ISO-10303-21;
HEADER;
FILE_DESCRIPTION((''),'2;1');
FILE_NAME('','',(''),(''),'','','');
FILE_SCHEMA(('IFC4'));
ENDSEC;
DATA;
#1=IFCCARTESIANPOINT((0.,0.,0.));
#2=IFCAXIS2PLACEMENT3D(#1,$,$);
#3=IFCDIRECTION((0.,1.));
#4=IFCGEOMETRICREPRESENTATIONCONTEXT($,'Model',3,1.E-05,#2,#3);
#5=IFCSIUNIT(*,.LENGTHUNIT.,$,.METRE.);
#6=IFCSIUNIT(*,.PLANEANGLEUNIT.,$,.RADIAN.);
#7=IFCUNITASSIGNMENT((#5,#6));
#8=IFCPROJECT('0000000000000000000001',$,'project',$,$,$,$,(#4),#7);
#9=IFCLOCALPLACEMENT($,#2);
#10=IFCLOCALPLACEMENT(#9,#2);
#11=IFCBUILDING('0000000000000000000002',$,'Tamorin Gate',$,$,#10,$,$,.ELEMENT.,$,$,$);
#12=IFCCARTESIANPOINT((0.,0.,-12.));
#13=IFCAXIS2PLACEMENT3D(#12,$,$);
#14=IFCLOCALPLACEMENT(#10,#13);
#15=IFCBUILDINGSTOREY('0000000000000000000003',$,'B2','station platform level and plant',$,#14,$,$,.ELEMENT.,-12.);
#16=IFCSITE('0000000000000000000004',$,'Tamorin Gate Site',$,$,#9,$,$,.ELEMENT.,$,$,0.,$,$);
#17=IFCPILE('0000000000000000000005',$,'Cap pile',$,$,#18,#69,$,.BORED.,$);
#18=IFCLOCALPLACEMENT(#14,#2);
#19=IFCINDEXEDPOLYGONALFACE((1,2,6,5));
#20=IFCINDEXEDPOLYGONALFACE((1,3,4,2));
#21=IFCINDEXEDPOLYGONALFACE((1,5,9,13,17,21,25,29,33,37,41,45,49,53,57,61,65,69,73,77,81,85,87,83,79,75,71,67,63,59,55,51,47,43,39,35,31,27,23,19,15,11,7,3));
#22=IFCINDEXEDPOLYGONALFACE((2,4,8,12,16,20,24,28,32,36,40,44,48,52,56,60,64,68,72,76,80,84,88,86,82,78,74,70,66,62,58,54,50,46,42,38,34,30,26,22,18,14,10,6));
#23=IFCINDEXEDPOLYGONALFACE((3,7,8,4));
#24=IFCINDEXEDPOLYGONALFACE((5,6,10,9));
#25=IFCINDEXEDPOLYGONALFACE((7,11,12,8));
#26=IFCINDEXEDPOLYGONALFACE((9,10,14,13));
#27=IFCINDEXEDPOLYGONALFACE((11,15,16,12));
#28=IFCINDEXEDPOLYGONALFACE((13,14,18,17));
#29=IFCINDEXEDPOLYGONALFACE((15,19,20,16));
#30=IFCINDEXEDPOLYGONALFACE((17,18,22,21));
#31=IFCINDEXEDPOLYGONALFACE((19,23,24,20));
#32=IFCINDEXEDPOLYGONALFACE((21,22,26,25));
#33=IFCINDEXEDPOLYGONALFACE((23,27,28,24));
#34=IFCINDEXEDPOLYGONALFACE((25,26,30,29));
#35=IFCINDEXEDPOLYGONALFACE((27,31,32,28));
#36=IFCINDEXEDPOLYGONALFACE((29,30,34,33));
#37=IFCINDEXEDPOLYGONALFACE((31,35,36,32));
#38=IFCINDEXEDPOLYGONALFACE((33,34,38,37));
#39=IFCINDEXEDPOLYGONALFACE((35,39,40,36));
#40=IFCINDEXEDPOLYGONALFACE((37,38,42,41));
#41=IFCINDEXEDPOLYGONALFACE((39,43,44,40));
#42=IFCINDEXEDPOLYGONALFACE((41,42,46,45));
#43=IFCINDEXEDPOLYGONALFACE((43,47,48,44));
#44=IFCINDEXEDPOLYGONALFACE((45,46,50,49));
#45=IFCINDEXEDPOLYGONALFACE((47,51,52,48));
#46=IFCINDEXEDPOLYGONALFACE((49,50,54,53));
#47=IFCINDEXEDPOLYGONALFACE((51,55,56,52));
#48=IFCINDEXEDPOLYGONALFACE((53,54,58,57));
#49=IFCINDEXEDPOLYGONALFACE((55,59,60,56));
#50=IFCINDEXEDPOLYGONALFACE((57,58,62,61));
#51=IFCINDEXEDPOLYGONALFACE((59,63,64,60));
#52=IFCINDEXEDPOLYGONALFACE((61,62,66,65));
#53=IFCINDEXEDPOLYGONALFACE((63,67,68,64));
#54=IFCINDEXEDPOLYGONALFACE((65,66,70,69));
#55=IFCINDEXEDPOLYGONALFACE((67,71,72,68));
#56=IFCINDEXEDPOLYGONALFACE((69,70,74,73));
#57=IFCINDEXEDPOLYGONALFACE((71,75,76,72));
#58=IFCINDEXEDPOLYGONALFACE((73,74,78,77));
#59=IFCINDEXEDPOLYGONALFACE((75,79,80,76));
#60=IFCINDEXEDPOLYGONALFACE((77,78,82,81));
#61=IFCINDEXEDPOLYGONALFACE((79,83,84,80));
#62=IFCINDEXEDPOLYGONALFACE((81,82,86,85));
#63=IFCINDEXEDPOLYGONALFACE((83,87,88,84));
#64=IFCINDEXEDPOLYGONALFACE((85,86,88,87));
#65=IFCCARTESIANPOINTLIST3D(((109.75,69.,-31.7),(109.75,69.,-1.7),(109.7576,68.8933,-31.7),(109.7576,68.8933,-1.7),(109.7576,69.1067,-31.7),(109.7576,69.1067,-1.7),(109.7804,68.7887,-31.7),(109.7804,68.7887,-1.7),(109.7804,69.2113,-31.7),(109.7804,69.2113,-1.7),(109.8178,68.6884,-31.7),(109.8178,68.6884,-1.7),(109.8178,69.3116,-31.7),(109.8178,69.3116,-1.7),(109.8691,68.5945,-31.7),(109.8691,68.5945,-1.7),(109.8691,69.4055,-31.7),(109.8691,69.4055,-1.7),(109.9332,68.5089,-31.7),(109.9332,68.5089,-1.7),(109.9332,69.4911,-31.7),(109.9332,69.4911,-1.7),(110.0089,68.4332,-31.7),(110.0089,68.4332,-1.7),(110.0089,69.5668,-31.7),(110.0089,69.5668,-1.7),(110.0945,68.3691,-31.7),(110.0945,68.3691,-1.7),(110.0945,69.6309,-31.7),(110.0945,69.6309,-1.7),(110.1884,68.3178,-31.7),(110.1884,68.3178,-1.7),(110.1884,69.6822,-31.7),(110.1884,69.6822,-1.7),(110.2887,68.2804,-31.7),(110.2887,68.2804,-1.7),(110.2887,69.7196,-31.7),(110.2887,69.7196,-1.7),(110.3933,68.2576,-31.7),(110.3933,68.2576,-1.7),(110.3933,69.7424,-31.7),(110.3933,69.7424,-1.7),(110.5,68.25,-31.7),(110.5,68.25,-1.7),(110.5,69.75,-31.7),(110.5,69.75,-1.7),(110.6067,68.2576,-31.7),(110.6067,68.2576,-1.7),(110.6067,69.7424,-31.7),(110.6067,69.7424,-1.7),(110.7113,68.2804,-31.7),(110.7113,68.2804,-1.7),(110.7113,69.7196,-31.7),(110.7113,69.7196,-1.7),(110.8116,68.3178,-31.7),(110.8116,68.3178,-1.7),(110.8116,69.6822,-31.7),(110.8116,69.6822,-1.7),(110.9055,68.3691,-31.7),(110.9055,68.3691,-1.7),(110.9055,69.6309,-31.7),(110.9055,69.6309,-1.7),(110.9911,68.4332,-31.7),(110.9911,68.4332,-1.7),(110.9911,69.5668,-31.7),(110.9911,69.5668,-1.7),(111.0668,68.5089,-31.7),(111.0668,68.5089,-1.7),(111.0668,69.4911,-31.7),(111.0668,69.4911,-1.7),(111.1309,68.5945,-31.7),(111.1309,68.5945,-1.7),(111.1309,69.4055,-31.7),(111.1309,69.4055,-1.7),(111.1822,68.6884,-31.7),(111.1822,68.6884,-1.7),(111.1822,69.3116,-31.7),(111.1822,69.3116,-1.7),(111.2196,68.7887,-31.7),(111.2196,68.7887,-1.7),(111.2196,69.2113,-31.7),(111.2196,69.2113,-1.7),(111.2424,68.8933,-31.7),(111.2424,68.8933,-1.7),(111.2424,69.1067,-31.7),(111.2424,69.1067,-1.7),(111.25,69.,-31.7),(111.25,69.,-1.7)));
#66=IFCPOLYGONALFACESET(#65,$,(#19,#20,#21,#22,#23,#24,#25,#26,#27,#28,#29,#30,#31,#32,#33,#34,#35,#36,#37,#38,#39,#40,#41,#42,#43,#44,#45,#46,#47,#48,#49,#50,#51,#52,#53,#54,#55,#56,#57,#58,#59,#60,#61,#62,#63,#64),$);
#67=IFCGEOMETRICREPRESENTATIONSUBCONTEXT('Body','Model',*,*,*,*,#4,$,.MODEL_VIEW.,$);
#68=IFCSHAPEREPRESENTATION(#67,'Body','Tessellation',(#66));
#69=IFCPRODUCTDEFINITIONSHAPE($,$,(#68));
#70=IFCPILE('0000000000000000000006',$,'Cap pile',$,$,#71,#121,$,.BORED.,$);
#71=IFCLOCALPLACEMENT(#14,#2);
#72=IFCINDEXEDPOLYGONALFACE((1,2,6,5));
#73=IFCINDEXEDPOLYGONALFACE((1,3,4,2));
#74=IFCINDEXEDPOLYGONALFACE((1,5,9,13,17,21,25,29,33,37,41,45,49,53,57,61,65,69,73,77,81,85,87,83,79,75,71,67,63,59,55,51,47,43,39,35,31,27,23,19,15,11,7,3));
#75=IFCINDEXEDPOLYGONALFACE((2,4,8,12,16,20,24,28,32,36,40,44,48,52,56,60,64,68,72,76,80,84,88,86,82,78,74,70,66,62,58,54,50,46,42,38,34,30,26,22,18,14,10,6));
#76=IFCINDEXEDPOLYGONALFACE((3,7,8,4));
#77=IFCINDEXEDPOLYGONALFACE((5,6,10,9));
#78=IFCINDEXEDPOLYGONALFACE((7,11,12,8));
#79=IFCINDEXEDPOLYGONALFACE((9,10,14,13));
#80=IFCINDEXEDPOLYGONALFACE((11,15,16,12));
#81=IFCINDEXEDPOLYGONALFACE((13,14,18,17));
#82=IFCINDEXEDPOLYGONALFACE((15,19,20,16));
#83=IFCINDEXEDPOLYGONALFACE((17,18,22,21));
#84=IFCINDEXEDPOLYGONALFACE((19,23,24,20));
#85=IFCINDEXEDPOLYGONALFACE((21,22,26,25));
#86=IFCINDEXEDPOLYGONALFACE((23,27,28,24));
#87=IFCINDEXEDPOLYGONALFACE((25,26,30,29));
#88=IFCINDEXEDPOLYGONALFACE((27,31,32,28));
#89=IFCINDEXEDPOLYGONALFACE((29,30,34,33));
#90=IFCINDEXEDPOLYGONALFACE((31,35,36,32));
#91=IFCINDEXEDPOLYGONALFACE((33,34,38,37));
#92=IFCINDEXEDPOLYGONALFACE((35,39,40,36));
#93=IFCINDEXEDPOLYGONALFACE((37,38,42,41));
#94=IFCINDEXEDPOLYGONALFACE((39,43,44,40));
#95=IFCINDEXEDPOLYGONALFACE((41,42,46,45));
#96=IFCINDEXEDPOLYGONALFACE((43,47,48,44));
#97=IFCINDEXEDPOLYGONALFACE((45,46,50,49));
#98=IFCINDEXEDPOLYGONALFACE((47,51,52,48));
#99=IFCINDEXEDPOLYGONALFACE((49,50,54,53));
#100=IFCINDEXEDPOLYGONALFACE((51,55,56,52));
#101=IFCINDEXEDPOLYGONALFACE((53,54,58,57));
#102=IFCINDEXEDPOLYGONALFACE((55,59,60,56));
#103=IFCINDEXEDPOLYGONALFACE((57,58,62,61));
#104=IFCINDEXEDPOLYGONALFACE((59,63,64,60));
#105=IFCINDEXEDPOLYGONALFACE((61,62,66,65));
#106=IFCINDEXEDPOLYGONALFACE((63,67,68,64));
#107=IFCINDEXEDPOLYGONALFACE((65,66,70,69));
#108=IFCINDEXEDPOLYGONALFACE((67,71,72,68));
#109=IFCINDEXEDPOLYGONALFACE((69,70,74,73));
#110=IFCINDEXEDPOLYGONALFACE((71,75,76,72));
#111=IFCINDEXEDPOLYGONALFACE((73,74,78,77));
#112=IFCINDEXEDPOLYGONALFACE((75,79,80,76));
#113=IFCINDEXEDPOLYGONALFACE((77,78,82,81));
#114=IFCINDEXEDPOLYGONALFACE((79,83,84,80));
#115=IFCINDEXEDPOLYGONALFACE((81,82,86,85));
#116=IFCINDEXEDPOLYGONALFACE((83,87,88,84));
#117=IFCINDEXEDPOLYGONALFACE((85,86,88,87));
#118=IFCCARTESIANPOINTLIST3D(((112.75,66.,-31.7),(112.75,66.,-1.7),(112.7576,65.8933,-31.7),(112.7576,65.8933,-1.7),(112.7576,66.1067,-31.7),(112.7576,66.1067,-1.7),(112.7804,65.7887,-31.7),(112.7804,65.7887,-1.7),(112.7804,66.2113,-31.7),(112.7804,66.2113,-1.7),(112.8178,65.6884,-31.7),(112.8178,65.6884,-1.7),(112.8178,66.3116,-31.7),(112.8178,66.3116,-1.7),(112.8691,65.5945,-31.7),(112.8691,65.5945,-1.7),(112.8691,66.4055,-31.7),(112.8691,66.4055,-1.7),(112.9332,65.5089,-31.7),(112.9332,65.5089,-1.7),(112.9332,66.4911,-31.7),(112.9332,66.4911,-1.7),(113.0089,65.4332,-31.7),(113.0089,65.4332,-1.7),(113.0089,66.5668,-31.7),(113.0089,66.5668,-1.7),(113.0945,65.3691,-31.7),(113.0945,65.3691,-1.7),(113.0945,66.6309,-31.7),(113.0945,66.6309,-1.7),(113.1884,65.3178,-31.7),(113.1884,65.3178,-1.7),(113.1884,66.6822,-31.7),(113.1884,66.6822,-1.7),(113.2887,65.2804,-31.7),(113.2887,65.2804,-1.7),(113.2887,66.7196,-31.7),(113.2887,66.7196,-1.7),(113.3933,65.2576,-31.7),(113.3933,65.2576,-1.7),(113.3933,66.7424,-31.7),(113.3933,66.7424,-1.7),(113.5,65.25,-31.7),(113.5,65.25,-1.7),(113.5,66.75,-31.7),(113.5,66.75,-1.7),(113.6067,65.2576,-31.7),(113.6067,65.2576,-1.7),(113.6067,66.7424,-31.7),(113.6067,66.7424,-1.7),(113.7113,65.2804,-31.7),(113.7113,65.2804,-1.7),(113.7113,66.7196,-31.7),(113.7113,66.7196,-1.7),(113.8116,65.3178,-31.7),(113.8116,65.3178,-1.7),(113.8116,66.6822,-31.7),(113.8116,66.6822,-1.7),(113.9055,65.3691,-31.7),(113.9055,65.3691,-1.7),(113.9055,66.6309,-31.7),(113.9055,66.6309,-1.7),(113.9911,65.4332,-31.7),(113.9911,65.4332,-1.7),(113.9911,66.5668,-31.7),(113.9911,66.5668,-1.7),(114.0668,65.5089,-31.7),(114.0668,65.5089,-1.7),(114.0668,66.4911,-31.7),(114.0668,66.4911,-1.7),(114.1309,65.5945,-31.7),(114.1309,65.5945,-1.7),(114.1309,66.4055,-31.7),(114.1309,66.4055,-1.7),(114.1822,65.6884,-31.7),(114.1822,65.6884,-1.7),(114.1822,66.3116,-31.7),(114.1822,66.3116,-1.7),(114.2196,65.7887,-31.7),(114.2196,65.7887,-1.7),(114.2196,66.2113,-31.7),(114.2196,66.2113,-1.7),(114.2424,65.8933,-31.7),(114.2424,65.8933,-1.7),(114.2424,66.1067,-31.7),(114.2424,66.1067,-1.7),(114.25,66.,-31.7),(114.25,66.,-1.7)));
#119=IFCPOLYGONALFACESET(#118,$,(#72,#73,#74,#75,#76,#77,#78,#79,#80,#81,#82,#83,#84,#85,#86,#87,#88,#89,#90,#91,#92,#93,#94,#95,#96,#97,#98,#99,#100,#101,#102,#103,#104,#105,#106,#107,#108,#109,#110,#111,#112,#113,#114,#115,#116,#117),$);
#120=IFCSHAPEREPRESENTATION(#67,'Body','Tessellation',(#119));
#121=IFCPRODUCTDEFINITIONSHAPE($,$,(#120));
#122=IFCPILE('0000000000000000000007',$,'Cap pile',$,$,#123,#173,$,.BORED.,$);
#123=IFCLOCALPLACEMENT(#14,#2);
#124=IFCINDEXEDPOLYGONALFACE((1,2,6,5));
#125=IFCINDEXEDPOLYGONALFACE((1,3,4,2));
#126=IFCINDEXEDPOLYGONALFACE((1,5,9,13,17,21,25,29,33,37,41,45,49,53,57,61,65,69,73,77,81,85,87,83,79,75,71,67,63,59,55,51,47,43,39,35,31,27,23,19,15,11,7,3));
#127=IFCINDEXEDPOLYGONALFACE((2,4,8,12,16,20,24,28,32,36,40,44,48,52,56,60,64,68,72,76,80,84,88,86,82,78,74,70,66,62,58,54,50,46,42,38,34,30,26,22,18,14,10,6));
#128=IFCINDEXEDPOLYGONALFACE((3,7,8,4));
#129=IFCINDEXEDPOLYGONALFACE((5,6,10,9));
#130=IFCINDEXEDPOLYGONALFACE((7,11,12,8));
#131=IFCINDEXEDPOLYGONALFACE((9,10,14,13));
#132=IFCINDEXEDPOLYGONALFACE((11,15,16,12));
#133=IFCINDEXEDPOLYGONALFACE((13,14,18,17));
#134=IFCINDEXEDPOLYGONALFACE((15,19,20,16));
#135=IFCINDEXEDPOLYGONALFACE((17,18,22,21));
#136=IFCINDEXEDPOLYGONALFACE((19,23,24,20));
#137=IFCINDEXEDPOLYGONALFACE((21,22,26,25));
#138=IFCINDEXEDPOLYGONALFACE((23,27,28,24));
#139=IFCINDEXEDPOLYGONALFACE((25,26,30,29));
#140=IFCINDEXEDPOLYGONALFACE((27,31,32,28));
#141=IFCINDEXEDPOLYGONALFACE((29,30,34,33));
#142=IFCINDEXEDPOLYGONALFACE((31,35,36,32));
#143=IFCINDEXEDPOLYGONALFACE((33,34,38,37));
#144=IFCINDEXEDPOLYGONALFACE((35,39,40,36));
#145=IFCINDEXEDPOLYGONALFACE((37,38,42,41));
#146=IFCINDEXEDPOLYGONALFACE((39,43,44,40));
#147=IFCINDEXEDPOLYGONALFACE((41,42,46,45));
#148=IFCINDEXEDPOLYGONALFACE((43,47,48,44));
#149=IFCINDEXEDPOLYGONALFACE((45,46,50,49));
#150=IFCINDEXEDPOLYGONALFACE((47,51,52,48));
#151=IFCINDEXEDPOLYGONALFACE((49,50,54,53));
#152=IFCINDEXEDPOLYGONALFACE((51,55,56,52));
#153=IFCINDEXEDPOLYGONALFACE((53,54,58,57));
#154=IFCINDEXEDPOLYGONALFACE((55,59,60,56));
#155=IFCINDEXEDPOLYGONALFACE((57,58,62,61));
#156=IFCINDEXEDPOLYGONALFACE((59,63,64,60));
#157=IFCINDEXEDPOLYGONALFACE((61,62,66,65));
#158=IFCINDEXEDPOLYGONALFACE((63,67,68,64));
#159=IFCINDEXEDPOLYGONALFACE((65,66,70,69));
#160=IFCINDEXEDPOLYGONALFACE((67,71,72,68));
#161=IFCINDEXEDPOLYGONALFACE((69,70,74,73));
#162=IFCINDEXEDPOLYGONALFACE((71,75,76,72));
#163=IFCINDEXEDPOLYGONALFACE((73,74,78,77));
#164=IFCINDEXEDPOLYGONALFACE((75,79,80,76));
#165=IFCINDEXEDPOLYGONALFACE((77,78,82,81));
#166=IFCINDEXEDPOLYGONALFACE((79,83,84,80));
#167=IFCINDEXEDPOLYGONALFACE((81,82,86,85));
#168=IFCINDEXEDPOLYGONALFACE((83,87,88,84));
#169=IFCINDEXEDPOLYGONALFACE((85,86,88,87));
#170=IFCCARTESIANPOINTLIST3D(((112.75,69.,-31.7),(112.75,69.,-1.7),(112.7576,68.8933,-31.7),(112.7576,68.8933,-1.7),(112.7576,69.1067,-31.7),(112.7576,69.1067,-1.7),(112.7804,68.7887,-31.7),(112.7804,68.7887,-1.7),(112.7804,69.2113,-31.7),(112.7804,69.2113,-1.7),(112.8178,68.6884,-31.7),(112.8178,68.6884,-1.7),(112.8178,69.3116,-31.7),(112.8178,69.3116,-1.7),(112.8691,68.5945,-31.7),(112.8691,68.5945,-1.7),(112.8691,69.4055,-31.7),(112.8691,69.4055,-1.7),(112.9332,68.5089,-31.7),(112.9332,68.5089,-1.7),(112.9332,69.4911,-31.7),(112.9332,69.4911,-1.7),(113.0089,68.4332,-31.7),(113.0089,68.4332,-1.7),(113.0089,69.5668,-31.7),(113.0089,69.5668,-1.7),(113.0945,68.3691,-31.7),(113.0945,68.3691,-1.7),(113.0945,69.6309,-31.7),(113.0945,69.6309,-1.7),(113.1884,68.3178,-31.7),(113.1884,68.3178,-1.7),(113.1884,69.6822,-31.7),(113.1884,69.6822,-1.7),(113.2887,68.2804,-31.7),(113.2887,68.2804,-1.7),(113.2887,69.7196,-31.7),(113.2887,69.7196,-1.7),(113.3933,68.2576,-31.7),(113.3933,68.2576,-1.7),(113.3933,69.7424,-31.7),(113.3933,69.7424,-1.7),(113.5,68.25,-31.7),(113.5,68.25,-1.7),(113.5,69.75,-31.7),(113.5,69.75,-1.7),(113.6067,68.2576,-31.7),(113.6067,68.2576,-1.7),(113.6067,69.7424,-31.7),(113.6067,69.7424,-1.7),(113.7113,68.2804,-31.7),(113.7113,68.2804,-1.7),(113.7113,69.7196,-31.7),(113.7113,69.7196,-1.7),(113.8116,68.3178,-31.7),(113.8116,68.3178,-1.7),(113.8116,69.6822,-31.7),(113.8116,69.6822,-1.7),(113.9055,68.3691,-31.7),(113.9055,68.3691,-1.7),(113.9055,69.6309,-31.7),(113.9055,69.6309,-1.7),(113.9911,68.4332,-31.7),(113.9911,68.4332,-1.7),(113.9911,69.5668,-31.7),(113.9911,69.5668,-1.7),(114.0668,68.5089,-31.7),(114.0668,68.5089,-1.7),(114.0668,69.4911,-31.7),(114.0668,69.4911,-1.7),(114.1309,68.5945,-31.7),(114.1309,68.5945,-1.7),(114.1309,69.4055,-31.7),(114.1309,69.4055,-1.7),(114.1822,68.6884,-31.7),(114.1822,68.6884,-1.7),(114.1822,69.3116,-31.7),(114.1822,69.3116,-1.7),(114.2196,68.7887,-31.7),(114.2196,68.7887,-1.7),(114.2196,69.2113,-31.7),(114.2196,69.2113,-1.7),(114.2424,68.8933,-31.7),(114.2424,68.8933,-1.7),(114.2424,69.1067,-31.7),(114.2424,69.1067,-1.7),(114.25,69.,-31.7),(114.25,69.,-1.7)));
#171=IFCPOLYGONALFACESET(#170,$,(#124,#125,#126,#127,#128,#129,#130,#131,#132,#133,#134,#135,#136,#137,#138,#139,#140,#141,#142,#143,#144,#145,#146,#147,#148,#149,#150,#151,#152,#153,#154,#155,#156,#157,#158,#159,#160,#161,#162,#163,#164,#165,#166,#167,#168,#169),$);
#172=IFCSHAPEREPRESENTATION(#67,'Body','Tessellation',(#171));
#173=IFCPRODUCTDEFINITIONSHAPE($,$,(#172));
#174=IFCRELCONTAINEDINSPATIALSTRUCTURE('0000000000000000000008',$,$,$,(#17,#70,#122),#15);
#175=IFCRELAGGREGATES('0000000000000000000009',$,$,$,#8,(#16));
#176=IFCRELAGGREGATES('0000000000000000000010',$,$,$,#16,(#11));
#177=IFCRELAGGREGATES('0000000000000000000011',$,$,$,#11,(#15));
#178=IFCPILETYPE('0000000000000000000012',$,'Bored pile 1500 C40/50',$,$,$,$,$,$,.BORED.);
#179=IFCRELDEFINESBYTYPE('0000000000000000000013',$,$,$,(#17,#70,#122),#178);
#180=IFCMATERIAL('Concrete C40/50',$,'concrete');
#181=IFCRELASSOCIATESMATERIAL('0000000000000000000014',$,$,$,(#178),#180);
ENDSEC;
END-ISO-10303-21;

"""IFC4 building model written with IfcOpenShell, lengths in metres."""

from ifc_helpers import new_model, si_unit, direction, frame, origin, origin_2d, place, context, subcontext, project, spatial, circle, extrude, material, material_profile, profile_set, type_object, element, save


model = new_model("IFC4")

# Units and contexts
model_context = context("Model", 3, precision=1e-05, world=origin(), true_north=direction((0.0, 1.0)))
body_context = subcontext(model_context, "Body", "Model", "MODEL_VIEW")
ifc_project = project(units=[si_unit("LENGTHUNIT", "METRE"), si_unit("PLANEANGLEUNIT", "RADIAN")], contexts=[model_context])

# Site, building, storey
site_placement = place(None, origin())
site = spatial("IfcSite", under=ifc_project, at=site_placement, Name="Tamorin Gate Site", CompositionType="ELEMENT", RefElevation=0.0)
building_placement = place(site_placement, origin())
building = spatial("IfcBuilding", under=site, at=building_placement, Name="Tamorin Gate", CompositionType="ELEMENT")
storey_placement = place(building_placement, frame((0.0, 0.0, -12.0)))
storey = spatial("IfcBuildingStorey", under=building, at=storey_placement, Name="B2", Description="station platform level and plant", CompositionType="ELEMENT", Elevation=-12.0)

# Piles
ifc_material_1 = material(Name="Concrete C40/50", Category="concrete")
ifc_material_profile_1 = material_profile(ifc_material_1, circle(Radius=0.75, at=origin_2d()))
ifc_profile_set_1 = profile_set([ifc_material_profile_1], Name="Concrete C40/50")
pile_type = type_object("IfcPileType", Name="Bored pile 1500 C40/50", PredefinedType="BORED", material=ifc_profile_set_1)
for number, where, z_axis, x_axis, name in (
    (1, (110.5, 69.0, -1.7), (0.0, 0.0, -1.0), (1.0, 0.0, 0.0), "Cap pile"),
    (2, (113.5, 66.0, -1.7), (0.0, 0.0, -1.0), (1.0, 0.0, 0.0), "Cap pile"),
    (3, (113.5, 69.0, -1.7), (0.0, 0.0, -1.0), (1.0, 0.0, 0.0), "Cap pile"),
):
    element("IfcPile", number, at=place(storey_placement, frame(where, z_axis=z_axis, x_axis=x_axis)), inside=storey, type_object=pile_type, Name=name, PredefinedType="BORED", context=body_context, shape_type="SweptSolid", body=[
        extrude(circle(Radius=0.75, at=origin_2d()), origin(), (0.0, 0.0, 1.0), 30.0),
    ])

save(model, "model.ifc")
